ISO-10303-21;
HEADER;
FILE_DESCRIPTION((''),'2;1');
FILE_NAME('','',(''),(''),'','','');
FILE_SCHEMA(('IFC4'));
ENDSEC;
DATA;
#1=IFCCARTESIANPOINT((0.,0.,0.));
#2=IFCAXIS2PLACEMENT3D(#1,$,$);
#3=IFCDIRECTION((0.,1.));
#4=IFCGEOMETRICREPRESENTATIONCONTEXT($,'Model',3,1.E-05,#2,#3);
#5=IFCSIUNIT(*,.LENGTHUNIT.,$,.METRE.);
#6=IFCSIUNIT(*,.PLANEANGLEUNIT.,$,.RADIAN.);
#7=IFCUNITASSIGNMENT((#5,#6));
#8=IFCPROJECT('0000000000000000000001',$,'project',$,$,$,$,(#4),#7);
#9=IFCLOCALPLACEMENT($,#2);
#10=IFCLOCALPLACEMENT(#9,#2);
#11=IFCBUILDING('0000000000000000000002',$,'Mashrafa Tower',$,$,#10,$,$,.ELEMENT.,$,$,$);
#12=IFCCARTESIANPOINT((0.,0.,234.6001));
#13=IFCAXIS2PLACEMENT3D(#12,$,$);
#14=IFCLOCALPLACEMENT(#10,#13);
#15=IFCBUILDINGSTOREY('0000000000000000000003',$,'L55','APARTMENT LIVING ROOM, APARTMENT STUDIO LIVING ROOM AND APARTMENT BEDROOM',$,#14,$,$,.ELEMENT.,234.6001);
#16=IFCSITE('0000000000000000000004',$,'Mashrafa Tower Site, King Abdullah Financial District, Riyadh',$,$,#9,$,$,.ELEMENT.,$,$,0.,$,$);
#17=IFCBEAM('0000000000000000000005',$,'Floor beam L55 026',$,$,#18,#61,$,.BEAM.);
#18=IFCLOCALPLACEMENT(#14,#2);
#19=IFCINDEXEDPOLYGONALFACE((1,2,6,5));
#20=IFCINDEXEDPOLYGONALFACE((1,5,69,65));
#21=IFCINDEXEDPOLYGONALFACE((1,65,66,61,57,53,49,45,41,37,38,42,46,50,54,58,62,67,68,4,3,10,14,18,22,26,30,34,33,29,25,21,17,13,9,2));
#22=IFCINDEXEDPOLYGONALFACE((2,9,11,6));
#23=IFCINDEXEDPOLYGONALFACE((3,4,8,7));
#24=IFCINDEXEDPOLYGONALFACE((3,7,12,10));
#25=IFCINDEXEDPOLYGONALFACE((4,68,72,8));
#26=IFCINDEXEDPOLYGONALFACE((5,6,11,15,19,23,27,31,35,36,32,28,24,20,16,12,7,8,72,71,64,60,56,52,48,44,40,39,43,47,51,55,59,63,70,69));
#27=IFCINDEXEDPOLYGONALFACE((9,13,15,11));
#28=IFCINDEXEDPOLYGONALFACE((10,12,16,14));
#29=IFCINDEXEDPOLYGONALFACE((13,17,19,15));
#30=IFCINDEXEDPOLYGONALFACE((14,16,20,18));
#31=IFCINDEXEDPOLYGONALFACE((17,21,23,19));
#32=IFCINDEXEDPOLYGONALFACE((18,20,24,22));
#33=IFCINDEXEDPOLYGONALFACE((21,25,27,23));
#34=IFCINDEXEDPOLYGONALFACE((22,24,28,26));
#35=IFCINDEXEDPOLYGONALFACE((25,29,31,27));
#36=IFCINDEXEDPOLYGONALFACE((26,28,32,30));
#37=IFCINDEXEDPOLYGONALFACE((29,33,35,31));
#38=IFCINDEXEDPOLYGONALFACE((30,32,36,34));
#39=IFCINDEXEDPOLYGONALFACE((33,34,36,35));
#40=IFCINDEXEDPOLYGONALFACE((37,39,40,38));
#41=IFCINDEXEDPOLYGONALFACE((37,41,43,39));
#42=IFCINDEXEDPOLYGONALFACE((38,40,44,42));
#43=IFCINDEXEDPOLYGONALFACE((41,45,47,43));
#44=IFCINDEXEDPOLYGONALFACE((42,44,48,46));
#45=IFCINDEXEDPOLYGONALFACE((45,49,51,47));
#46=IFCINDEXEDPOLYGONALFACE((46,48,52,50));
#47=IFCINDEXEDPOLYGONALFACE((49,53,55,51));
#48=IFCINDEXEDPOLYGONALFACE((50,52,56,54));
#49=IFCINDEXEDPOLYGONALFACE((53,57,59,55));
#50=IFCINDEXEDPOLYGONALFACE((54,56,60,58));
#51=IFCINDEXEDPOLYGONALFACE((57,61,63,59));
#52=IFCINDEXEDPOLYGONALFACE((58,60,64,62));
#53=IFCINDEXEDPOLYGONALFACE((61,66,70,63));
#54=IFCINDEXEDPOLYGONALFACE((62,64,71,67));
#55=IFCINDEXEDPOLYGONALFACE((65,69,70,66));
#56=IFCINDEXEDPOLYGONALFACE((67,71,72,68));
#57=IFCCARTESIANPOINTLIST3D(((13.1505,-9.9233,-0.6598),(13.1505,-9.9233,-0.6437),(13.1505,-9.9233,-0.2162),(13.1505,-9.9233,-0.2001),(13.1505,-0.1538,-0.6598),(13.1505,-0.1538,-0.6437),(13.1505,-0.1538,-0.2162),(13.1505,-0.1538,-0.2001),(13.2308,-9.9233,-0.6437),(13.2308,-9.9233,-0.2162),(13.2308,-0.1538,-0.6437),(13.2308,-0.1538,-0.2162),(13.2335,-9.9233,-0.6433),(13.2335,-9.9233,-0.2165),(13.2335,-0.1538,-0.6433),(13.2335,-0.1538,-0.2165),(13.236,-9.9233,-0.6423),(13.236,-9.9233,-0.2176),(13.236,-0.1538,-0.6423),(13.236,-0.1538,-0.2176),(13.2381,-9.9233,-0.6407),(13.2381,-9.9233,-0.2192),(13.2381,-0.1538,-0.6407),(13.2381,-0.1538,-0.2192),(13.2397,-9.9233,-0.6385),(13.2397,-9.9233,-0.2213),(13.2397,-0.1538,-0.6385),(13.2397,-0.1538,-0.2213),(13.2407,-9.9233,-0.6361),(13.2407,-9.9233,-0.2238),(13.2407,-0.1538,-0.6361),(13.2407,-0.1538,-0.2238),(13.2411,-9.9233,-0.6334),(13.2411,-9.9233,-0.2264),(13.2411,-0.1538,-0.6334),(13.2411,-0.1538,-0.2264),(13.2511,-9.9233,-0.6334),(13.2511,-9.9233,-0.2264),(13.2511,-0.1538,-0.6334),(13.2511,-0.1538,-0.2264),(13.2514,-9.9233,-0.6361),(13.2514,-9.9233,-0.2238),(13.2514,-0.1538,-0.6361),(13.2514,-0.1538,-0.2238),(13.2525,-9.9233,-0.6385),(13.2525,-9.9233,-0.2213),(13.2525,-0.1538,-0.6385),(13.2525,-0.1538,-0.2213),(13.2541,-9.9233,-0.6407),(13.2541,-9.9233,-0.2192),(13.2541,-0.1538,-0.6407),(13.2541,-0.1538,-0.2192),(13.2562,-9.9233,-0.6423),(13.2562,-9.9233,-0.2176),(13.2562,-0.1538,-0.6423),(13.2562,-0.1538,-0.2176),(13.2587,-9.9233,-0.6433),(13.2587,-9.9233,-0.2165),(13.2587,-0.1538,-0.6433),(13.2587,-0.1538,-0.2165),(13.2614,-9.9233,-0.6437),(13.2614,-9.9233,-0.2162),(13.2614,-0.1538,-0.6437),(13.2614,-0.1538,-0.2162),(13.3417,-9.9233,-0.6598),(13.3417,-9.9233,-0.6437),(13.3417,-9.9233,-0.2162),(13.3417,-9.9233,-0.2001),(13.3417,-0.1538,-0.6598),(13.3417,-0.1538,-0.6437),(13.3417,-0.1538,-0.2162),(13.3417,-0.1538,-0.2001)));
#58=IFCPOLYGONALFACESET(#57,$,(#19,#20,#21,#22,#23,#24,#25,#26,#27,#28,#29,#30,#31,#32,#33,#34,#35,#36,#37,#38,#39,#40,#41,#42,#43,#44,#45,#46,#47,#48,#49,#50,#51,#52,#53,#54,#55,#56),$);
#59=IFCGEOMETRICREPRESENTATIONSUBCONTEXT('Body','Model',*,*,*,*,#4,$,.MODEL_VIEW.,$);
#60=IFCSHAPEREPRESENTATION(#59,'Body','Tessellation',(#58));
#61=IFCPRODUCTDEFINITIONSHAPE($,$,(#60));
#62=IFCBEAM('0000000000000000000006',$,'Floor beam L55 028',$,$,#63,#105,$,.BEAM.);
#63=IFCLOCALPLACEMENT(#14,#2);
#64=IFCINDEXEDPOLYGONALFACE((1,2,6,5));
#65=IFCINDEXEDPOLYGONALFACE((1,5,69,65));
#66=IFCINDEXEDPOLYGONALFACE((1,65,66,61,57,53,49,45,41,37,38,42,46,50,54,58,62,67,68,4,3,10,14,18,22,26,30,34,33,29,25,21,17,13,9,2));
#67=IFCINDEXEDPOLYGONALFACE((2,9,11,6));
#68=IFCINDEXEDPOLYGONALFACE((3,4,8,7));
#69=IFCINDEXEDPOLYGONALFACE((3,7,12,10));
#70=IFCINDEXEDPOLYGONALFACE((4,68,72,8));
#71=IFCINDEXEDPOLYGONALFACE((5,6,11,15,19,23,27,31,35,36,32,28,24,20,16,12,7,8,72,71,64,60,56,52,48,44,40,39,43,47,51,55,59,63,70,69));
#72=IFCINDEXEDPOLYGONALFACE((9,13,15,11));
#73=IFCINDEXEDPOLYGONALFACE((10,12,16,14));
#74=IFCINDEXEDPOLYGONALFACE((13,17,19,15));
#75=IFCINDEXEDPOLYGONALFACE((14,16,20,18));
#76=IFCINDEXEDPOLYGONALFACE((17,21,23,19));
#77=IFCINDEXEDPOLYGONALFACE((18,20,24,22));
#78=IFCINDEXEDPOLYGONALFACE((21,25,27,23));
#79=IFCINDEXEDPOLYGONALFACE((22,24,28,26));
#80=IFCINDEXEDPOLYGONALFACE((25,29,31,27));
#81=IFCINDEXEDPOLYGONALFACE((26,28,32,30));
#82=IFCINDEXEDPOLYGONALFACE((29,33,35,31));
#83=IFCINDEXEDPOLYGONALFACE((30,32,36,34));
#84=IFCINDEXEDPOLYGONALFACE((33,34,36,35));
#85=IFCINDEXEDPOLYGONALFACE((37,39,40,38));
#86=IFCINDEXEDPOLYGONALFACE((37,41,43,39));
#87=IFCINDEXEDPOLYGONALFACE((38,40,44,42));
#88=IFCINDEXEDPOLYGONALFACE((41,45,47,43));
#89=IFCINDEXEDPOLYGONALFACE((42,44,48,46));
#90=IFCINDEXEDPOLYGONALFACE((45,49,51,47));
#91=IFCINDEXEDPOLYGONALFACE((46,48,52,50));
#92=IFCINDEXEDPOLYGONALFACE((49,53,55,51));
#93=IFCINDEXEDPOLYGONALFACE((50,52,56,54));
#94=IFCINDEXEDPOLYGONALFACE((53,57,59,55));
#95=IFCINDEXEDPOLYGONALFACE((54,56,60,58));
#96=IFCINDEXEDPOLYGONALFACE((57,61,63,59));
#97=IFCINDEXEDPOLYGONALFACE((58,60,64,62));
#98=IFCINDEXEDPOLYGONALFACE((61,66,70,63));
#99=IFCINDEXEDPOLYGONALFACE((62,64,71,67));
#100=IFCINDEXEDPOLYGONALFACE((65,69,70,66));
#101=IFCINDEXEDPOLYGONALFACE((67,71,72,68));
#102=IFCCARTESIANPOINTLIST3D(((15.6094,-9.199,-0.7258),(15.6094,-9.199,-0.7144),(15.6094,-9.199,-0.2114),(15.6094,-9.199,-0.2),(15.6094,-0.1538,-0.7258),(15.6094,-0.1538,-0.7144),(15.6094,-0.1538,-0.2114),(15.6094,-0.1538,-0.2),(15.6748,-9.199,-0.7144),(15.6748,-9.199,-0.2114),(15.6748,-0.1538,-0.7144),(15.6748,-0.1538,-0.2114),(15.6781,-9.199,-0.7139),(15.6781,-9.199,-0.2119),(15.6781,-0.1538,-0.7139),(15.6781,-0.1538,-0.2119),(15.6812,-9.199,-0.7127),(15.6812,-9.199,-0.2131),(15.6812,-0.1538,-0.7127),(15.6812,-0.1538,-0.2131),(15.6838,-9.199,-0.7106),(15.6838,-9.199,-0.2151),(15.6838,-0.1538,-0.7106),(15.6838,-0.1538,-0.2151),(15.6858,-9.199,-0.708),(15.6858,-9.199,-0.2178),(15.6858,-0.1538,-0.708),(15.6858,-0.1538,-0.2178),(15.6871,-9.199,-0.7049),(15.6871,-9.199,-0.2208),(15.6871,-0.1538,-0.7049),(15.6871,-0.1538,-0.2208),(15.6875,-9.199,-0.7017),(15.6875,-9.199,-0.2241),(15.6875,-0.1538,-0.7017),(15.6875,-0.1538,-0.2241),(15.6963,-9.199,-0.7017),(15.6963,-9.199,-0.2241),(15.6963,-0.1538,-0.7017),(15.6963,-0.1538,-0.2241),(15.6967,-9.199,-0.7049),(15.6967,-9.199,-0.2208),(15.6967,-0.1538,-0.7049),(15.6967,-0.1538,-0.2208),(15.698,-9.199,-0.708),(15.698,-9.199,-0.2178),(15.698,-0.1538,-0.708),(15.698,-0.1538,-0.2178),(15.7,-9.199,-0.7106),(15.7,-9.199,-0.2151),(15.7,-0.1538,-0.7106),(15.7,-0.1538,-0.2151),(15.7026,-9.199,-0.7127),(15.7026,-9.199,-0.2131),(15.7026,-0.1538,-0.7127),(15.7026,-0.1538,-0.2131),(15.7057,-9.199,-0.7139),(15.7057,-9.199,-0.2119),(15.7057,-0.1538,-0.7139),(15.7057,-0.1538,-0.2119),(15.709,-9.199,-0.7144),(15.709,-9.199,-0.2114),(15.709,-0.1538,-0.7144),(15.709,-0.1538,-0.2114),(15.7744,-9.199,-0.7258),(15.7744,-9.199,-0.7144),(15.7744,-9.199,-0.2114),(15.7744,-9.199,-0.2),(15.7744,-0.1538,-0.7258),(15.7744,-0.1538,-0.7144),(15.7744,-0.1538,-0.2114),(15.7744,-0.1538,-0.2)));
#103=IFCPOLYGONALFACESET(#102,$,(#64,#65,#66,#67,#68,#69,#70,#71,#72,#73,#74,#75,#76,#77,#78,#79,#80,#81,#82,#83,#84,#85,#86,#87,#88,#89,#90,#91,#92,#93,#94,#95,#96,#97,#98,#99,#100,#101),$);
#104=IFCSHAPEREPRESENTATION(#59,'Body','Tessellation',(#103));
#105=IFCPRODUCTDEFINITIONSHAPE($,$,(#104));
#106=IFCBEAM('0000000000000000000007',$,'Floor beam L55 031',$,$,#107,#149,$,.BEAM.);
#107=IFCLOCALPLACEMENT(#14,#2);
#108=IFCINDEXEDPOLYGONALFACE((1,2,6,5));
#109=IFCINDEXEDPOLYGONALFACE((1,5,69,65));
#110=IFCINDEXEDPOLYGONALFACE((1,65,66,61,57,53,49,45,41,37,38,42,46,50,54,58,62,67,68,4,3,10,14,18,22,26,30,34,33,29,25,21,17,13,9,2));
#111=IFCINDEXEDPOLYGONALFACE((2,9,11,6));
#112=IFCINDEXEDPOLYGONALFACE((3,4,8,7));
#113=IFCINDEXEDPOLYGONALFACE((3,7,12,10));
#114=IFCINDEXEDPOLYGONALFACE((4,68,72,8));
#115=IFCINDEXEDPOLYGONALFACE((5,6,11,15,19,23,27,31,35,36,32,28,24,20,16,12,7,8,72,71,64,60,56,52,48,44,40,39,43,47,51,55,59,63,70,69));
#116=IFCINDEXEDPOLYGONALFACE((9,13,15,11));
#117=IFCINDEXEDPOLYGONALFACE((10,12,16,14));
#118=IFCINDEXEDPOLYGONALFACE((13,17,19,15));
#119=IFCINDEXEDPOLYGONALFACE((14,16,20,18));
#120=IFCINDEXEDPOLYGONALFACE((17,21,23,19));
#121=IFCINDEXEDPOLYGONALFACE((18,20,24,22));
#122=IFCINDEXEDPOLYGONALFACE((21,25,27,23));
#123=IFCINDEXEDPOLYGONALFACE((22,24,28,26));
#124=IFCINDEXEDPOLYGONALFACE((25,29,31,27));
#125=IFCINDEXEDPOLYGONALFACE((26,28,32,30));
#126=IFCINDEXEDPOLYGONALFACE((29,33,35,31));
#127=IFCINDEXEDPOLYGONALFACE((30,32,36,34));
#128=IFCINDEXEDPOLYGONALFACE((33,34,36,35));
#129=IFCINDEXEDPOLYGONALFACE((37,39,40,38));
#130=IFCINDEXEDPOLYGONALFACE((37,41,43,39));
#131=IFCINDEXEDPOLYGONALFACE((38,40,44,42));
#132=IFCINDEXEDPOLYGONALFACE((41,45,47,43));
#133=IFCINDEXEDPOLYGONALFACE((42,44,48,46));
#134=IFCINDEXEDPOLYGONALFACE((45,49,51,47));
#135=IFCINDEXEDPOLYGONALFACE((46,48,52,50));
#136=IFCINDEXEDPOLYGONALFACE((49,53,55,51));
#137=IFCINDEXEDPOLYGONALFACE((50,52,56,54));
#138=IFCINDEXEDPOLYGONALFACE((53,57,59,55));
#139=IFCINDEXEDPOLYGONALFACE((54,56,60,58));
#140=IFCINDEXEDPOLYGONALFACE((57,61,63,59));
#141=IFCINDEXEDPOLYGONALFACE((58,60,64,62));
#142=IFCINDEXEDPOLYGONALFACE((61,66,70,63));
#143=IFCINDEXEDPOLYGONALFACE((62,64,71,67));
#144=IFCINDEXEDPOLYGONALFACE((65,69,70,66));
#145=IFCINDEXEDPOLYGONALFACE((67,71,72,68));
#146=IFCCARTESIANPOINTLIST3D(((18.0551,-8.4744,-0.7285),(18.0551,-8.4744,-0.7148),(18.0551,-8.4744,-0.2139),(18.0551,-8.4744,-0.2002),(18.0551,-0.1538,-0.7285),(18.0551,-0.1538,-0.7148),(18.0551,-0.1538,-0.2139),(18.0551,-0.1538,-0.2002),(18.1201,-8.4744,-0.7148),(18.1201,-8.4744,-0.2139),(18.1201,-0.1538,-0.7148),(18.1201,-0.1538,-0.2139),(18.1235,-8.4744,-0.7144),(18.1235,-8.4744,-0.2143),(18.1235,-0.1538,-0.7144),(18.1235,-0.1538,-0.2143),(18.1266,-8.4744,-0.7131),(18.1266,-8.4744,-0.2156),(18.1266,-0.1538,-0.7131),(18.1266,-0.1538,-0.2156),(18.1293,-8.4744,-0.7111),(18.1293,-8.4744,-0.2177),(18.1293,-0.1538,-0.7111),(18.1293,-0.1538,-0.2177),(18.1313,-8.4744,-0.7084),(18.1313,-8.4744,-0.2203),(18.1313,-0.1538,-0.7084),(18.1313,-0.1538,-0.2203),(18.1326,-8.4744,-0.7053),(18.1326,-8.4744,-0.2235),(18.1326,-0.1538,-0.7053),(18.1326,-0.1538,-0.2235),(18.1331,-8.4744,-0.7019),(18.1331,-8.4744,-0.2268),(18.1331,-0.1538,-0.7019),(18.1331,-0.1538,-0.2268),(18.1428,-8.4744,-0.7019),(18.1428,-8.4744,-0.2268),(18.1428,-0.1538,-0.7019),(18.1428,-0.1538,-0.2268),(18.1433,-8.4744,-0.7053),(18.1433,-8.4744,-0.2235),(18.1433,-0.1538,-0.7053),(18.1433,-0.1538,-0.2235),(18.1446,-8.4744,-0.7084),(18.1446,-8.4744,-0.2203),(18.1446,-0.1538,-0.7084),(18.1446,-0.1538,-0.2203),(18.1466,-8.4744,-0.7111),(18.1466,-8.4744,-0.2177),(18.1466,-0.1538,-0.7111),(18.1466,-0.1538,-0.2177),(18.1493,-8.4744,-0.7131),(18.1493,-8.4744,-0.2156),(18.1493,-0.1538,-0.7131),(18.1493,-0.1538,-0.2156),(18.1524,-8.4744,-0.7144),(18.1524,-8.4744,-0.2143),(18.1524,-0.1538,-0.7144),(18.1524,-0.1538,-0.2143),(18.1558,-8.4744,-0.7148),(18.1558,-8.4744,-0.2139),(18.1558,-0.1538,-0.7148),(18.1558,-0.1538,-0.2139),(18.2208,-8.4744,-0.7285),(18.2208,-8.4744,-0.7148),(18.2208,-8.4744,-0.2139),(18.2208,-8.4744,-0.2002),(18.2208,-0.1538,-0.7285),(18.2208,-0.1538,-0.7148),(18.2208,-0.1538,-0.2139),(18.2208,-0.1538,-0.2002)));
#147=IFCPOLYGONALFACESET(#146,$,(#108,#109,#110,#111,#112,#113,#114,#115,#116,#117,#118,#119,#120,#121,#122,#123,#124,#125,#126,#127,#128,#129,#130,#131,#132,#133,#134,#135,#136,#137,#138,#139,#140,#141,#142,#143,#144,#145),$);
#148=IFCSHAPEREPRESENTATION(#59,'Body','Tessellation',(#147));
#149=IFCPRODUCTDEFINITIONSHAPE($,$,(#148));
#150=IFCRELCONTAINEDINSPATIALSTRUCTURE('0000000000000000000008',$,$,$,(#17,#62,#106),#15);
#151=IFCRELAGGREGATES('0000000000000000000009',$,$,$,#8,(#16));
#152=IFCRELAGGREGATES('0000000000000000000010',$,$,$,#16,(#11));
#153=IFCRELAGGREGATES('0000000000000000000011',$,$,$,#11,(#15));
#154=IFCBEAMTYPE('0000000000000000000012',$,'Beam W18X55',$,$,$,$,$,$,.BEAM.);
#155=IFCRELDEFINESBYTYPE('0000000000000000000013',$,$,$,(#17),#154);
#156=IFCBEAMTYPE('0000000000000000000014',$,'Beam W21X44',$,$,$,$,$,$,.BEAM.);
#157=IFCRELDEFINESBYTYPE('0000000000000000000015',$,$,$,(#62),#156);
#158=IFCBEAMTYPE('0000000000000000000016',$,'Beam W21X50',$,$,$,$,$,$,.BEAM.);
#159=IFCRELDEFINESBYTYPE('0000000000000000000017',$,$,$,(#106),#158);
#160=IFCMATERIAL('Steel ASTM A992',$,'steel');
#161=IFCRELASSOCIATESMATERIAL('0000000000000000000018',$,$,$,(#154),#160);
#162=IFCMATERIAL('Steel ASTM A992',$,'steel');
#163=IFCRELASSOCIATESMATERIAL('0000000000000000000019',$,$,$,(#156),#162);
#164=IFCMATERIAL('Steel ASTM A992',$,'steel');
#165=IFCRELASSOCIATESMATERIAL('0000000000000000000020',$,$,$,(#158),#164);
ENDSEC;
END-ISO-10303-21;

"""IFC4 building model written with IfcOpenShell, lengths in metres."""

from ifc_helpers import new_model, si_unit, direction, frame, origin, origin_2d, place, context, subcontext, project, spatial, i_section, extrude, material, material_profile, profile_set, type_object, element, save


model = new_model("IFC4")

# Units and contexts
model_context = context("Model", 3, precision=1e-05, world=origin(), true_north=direction((0.0, 1.0)))
body_context = subcontext(model_context, "Body", "Model", "MODEL_VIEW")
ifc_project = project(units=[si_unit("LENGTHUNIT", "METRE"), si_unit("PLANEANGLEUNIT", "RADIAN")], contexts=[model_context])

# Site, building, storey
site_placement = place(None, origin())
site = spatial("IfcSite", under=ifc_project, at=site_placement, Name="Mashrafa Tower Site, King Abdullah Financial District, Riyadh", CompositionType="ELEMENT", RefElevation=0.0)
building_placement = place(site_placement, origin())
building = spatial("IfcBuilding", under=site, at=building_placement, Name="Mashrafa Tower", CompositionType="ELEMENT")
storey_placement = place(building_placement, frame((0.0, 0.0, 234.6001)))
storey = spatial("IfcBuildingStorey", under=building, at=storey_placement, Name="L55", Description="APARTMENT LIVING ROOM, APARTMENT STUDIO LIVING ROOM AND APARTMENT BEDROOM", CompositionType="ELEMENT", Elevation=234.6001)

# Beams
ifc_material_1 = material(Name="Steel ASTM A992", Category="steel")
ifc_material_profile_1 = material_profile(ifc_material_1, i_section(OverallWidth=0.1912, OverallDepth=0.4597, WebThickness=0.01, FlangeThickness=0.0161, FilletRadius=0.0103, at=origin_2d()), Name="W18X55")
ifc_profile_set_1 = profile_set([ifc_material_profile_1], Name="Steel ASTM A992")
beam_type_1 = type_object("IfcBeamType", Name="Beam W18X55", PredefinedType="BEAM", material=ifc_profile_set_1)
beam_1_placement = place(storey_placement, frame((13.2461, -0.1538, -0.4299), z_axis=(0.0, -1.0, 0.0), x_axis=(1.0, 0.0, 0.0)))
element("IfcBeam", 1, at=beam_1_placement, inside=storey, type_object=beam_type_1, Name="Floor beam L55 026", PredefinedType="BEAM", context=body_context, shape_type="SweptSolid", body=[
    extrude(i_section(OverallWidth=0.1912, OverallDepth=0.4597, WebThickness=0.01, FlangeThickness=0.0161, FilletRadius=0.0103, at=origin_2d()), origin(), (0.0, 0.0, 1.0), 9.7695),
])
ifc_material_2 = material(Name="Steel ASTM A992", Category="steel")
ifc_material_profile_2 = material_profile(ifc_material_2, i_section(OverallWidth=0.165, OverallDepth=0.5259, WebThickness=0.0088, FlangeThickness=0.0115, FilletRadius=0.0127, at=origin_2d()), Name="W21X44")
ifc_profile_set_2 = profile_set([ifc_material_profile_2], Name="Steel ASTM A992")
beam_type_2 = type_object("IfcBeamType", Name="Beam W21X44", PredefinedType="BEAM", material=ifc_profile_set_2)
beam_2_placement = place(storey_placement, frame((15.6919, -0.1538, -0.4629), z_axis=(0.0, -1.0, 0.0), x_axis=(1.0, 0.0, 0.0)))
element("IfcBeam", 2, at=beam_2_placement, inside=storey, type_object=beam_type_2, Name="Floor beam L55 028", PredefinedType="BEAM", context=body_context, shape_type="SweptSolid", body=[
    extrude(i_section(OverallWidth=0.165, OverallDepth=0.5259, WebThickness=0.0088, FlangeThickness=0.0115, FilletRadius=0.0127, at=origin_2d()), origin(), (0.0, 0.0, 1.0), 9.0452),
])
ifc_material_3 = material(Name="Steel ASTM A992", Category="steel")
ifc_material_profile_3 = material_profile(ifc_material_3, i_section(OverallWidth=0.1658, OverallDepth=0.5283, WebThickness=0.0098, FlangeThickness=0.0137, FilletRadius=0.0129, at=origin_2d()), Name="W21X50")
ifc_profile_set_3 = profile_set([ifc_material_profile_3], Name="Steel ASTM A992")
beam_type_3 = type_object("IfcBeamType", Name="Beam W21X50", PredefinedType="BEAM", material=ifc_profile_set_3)
beam_3_placement = place(storey_placement, frame((18.1379, -0.1538, -0.4644), z_axis=(0.0, -1.0, 0.0), x_axis=(1.0, 0.0, 0.0)))
element("IfcBeam", 3, at=beam_3_placement, inside=storey, type_object=beam_type_3, Name="Floor beam L55 031", PredefinedType="BEAM", context=body_context, shape_type="SweptSolid", body=[
    extrude(i_section(OverallWidth=0.1658, OverallDepth=0.5283, WebThickness=0.0098, FlangeThickness=0.0137, FilletRadius=0.0129, at=origin_2d()), origin(), (0.0, 0.0, 1.0), 8.3206),
])

save(model, "model.ifc")
